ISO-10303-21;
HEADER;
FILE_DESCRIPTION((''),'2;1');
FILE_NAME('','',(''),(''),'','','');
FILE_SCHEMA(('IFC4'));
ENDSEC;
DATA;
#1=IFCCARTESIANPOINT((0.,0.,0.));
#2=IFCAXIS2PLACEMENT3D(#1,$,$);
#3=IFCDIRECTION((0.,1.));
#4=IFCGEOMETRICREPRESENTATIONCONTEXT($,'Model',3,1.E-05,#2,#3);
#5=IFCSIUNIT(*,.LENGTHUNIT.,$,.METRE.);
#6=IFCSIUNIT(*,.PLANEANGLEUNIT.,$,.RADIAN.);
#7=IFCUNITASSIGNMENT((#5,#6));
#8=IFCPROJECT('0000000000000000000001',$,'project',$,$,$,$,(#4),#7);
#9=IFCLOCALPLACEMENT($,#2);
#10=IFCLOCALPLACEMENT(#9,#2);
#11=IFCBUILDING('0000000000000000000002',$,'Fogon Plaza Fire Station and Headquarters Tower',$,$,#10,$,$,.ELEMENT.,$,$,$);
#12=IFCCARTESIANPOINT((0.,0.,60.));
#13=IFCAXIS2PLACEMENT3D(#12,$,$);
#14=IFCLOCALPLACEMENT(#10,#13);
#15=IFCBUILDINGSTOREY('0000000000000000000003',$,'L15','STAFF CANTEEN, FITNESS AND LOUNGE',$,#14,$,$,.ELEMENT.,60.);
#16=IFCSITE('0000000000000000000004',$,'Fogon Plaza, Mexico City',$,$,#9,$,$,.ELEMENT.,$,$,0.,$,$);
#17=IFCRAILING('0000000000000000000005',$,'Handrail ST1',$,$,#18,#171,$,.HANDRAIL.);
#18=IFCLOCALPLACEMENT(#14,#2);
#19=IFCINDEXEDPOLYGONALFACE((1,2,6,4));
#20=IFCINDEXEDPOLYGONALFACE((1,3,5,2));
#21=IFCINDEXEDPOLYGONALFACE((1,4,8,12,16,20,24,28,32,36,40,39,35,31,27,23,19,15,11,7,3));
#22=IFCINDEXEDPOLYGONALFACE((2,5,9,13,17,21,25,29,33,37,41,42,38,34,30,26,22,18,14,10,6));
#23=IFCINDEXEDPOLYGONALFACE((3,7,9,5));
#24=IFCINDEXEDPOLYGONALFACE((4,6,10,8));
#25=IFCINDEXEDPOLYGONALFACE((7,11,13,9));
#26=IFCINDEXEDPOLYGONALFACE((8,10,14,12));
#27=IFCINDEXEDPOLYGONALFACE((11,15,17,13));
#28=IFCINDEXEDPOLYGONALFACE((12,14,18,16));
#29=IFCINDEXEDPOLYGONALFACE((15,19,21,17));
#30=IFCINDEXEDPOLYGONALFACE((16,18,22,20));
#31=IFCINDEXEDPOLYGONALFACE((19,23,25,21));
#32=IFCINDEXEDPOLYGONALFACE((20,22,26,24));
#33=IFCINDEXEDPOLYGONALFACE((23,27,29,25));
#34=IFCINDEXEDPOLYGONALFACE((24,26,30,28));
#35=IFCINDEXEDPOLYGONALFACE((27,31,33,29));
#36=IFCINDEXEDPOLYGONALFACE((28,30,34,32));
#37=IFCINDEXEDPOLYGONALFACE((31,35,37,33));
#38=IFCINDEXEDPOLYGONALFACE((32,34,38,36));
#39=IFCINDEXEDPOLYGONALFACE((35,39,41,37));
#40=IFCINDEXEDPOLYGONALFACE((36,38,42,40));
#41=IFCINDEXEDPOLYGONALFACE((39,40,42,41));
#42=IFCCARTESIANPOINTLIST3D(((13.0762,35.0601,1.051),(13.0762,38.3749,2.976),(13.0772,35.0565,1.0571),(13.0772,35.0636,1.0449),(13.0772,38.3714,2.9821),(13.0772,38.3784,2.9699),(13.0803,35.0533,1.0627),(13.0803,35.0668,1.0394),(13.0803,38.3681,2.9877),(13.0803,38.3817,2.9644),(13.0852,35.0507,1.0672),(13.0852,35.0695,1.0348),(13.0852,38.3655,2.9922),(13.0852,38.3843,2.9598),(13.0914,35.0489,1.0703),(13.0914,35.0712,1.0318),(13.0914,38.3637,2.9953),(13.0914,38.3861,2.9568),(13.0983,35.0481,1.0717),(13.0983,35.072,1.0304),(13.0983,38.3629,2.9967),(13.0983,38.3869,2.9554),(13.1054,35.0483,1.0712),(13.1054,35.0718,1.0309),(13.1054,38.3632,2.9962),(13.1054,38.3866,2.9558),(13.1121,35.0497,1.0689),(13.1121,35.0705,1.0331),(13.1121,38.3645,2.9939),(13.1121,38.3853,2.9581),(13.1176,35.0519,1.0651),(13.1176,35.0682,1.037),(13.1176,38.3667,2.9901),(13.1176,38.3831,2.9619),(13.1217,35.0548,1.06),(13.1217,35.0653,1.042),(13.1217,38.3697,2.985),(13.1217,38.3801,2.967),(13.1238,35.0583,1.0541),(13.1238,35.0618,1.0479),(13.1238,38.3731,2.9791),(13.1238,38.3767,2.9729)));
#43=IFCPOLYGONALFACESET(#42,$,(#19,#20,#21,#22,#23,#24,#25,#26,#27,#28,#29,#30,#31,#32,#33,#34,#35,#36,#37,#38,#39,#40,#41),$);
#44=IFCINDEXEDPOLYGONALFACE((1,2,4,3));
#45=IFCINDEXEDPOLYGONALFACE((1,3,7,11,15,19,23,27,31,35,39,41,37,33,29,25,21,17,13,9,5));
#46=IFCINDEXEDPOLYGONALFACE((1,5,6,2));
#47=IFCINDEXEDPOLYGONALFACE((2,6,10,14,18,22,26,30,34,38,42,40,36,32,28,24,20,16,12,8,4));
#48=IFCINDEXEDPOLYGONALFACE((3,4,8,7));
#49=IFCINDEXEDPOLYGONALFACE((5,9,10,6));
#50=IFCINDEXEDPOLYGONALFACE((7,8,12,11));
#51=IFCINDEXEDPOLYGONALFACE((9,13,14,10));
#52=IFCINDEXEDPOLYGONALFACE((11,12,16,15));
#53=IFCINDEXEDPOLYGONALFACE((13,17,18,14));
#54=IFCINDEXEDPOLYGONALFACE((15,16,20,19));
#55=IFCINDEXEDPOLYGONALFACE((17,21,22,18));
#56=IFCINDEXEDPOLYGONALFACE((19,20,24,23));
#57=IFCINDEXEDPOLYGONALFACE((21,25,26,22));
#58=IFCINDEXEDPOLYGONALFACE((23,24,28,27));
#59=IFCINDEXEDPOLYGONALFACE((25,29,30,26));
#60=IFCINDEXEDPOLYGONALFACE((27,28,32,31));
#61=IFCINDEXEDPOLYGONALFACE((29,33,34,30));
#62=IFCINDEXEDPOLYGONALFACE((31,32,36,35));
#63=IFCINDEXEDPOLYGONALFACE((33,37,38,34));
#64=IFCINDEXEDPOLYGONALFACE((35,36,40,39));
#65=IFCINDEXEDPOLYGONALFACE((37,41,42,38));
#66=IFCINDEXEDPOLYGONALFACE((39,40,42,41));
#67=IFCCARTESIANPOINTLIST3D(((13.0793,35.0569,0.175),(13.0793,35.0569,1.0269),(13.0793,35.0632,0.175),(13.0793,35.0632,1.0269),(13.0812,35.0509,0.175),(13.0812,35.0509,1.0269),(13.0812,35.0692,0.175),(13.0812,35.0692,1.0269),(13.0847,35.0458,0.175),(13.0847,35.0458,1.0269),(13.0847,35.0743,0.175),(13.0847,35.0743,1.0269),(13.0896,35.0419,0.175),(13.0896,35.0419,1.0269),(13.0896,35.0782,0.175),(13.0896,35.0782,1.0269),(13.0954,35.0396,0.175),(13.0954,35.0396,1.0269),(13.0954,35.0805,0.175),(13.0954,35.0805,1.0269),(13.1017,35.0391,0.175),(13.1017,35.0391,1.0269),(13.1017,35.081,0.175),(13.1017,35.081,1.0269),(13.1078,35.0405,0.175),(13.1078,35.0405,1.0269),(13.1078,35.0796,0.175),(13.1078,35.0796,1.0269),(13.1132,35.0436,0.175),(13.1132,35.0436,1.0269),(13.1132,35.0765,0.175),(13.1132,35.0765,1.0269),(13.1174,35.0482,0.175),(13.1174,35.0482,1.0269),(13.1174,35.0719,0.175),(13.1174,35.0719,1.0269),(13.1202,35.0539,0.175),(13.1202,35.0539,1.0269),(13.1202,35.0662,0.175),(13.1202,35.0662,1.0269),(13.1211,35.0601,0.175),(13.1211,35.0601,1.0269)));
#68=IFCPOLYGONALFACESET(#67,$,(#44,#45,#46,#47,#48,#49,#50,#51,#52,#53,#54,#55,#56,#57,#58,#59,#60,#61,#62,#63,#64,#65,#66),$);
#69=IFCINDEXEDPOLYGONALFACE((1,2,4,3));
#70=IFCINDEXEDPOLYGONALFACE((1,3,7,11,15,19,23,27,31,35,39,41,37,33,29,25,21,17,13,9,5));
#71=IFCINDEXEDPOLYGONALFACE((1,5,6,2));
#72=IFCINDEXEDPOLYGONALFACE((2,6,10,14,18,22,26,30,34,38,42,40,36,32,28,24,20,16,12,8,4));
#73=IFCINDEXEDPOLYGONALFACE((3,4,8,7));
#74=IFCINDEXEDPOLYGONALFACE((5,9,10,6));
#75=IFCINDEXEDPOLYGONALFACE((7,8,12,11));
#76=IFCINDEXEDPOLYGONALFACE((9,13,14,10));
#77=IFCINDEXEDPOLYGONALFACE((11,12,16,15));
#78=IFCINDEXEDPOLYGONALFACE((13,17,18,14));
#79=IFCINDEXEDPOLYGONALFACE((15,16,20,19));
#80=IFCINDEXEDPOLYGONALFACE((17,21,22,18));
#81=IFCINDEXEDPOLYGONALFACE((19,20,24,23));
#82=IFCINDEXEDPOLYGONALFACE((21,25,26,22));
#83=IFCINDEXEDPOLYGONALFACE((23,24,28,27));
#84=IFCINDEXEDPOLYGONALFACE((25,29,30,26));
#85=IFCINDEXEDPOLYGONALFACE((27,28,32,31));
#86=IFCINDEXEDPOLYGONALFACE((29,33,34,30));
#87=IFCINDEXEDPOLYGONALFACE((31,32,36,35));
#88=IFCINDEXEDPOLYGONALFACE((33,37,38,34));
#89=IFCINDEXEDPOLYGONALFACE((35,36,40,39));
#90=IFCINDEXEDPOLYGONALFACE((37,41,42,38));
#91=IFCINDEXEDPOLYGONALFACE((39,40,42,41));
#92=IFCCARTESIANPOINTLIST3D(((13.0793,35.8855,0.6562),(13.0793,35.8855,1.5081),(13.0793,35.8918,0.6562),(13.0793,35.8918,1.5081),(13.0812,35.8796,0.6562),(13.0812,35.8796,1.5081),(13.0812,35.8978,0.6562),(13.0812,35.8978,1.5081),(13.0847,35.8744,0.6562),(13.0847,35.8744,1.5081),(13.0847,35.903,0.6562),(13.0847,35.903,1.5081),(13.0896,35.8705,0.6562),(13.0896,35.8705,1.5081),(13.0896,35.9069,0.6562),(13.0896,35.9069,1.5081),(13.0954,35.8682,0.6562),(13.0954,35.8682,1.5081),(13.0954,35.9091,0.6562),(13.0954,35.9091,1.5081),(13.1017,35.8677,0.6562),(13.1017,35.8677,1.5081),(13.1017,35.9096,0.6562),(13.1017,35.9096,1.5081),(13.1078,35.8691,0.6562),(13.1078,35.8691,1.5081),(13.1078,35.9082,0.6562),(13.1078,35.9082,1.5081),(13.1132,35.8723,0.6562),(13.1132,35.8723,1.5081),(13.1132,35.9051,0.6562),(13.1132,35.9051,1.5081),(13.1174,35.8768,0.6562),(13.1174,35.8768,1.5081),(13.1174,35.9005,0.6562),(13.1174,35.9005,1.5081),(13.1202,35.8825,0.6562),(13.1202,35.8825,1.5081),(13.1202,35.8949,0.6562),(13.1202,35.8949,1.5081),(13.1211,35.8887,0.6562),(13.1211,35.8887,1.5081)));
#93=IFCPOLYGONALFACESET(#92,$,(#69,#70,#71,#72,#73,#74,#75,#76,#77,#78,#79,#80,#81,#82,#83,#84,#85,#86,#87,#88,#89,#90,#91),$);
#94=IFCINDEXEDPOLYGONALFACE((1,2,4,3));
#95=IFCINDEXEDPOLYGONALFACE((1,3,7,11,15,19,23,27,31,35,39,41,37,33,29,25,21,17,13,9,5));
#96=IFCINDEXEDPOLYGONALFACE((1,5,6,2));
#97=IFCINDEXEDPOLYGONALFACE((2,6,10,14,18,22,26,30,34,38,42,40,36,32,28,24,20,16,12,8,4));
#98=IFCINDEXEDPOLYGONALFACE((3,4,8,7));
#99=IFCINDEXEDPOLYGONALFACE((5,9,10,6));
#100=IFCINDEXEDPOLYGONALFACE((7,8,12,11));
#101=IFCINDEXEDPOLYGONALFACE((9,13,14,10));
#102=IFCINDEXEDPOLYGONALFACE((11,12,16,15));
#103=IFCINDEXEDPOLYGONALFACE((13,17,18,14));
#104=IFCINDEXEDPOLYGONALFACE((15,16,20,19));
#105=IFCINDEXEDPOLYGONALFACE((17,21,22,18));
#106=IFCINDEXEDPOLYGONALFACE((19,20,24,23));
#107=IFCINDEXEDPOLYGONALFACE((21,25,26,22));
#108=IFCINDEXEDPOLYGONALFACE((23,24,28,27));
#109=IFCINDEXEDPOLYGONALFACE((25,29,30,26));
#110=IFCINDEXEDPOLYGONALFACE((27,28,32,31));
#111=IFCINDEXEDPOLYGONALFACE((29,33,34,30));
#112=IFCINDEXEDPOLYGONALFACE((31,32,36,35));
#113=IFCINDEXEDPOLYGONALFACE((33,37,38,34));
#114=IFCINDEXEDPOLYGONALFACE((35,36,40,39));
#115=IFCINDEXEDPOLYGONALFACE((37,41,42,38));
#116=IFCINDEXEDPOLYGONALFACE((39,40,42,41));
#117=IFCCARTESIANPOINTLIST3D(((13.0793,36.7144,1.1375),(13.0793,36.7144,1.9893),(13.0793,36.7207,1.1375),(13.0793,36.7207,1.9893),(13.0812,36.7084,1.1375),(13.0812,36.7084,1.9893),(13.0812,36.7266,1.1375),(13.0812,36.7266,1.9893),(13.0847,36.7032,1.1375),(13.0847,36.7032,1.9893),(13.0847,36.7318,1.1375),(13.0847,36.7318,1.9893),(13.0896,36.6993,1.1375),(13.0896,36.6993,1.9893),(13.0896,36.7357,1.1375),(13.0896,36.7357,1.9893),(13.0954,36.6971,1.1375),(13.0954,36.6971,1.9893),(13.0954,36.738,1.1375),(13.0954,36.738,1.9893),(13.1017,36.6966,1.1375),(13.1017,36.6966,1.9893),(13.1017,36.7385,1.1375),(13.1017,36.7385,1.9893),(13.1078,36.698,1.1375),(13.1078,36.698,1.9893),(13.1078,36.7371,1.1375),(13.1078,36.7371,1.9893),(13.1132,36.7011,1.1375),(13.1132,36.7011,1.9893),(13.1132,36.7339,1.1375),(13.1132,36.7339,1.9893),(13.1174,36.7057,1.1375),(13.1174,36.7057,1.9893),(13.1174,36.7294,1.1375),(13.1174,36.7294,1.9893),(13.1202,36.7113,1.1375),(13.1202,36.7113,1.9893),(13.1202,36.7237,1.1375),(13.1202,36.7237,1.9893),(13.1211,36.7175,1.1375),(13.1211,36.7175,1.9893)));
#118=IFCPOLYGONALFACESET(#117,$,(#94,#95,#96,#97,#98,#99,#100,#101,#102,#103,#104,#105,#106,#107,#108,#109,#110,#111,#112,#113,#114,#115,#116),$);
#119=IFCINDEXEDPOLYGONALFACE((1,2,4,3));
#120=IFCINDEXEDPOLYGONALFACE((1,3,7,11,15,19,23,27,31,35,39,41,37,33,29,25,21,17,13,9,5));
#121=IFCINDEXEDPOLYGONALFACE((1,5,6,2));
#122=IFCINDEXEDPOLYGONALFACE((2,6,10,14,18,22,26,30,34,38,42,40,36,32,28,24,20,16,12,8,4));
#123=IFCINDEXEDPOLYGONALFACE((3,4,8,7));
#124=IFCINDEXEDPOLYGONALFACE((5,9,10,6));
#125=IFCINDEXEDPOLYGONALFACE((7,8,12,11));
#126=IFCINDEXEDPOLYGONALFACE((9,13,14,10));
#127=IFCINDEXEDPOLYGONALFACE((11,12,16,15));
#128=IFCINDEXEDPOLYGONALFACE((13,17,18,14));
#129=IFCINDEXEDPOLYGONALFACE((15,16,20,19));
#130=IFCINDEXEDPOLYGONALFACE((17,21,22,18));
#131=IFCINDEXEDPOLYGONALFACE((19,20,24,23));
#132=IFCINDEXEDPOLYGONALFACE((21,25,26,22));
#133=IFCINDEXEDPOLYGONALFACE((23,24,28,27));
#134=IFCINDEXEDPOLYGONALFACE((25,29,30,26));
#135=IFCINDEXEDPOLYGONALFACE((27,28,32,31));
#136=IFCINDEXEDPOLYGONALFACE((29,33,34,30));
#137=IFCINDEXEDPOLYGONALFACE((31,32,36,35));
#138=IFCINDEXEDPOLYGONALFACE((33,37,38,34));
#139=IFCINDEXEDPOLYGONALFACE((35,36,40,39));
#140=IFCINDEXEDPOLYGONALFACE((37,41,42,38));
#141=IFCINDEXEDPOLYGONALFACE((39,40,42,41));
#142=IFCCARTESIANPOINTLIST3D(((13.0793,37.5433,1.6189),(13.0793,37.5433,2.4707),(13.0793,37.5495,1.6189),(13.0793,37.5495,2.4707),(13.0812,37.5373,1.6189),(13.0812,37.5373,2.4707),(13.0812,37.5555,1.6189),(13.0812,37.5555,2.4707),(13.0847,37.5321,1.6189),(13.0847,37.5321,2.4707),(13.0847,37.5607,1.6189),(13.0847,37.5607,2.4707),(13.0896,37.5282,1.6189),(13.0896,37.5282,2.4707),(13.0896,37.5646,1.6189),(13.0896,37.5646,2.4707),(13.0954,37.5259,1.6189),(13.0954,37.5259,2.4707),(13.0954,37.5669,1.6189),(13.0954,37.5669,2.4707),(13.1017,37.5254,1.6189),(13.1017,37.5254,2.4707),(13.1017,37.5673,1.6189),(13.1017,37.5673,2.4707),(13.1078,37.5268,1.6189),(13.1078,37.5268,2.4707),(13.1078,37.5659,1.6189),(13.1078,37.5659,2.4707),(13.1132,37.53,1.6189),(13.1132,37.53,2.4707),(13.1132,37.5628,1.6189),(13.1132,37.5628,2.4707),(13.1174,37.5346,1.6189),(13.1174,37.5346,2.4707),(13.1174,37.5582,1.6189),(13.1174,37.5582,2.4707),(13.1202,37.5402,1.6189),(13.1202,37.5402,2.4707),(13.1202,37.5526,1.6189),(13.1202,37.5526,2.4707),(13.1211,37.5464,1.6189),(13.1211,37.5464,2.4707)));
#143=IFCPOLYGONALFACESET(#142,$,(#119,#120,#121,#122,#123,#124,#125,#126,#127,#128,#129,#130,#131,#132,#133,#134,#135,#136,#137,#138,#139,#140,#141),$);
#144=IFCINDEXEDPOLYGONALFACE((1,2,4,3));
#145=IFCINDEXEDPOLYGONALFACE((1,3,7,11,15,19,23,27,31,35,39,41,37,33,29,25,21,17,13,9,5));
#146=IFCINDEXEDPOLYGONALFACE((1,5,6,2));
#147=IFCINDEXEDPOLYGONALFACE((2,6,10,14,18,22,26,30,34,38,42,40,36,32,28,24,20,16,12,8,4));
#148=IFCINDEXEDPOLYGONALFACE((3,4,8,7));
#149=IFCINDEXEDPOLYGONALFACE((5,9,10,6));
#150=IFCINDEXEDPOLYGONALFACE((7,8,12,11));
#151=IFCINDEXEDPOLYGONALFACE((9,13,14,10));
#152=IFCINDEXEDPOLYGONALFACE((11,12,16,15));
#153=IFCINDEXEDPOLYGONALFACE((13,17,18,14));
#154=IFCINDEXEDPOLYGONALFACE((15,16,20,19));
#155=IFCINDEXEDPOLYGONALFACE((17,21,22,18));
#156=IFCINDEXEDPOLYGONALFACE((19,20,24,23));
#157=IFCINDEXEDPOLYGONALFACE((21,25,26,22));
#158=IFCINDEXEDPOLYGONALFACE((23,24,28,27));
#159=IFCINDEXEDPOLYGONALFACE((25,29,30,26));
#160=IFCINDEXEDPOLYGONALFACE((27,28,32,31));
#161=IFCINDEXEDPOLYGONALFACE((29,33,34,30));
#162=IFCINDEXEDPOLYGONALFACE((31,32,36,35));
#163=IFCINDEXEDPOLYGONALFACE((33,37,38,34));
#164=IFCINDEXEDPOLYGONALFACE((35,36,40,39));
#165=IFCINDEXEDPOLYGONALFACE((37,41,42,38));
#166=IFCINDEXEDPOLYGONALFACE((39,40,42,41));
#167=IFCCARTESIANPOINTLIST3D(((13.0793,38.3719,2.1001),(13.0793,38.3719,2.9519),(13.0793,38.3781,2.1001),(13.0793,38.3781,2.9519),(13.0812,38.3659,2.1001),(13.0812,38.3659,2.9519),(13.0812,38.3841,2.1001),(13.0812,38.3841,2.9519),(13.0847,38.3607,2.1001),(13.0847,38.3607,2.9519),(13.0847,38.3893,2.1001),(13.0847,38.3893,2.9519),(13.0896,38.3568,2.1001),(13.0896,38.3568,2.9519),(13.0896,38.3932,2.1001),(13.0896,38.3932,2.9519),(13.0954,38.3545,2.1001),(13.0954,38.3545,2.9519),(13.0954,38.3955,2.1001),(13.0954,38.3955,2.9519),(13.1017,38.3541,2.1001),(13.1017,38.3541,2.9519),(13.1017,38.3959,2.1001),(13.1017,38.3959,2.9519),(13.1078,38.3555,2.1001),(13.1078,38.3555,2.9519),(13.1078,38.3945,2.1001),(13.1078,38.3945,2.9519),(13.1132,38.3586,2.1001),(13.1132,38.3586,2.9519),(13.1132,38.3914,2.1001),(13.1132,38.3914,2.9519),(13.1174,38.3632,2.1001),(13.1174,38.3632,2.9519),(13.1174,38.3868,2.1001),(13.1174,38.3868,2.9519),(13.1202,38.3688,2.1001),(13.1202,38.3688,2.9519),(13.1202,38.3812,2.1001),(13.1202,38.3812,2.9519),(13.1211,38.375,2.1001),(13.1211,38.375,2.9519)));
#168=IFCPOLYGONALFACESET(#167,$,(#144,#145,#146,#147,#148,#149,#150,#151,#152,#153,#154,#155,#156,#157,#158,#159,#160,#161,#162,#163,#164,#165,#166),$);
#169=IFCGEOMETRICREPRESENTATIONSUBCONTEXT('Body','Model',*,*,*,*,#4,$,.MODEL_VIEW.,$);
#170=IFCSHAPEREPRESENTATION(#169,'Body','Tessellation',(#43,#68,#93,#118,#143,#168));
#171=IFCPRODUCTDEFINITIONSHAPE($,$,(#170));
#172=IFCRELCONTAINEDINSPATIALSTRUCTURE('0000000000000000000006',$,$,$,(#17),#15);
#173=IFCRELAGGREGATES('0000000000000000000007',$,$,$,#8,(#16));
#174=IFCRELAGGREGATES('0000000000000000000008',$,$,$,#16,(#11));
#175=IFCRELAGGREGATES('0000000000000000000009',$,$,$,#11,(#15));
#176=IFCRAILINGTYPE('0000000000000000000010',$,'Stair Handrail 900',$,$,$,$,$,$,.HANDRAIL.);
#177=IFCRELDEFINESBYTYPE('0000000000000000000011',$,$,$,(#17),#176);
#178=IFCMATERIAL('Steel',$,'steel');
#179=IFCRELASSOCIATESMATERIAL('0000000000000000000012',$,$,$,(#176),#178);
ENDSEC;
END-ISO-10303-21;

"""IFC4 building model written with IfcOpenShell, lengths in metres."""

from ifc_helpers import new_model, si_unit, direction, frame, origin, origin_2d, place, context, subcontext, project, spatial, circle, extrude, material, type_object, element, save


model = new_model("IFC4")

# Units and contexts
model_context = context("Model", 3, precision=1e-05, world=origin(), true_north=direction((0.0, 1.0)))
body_context = subcontext(model_context, "Body", "Model", "MODEL_VIEW")
ifc_project = project(units=[si_unit("LENGTHUNIT", "METRE"), si_unit("PLANEANGLEUNIT", "RADIAN")], contexts=[model_context])

# Site, building, storey
site_placement = place(None, origin())
site = spatial("IfcSite", under=ifc_project, at=site_placement, Name="Fogon Plaza, Mexico City", CompositionType="ELEMENT", RefElevation=0.0)
building_placement = place(site_placement, origin())
building = spatial("IfcBuilding", under=site, at=building_placement, Name="Fogon Plaza Fire Station and Headquarters Tower", CompositionType="ELEMENT")
storey_placement = place(building_placement, frame((0.0, 0.0, 60.0)))
storey = spatial("IfcBuildingStorey", under=building, at=storey_placement, Name="L15", Description="STAFF CANTEEN, FITNESS AND LOUNGE", CompositionType="ELEMENT", Elevation=60.0)

# Railing
ifc_material_1 = material(Name="Steel", Category="steel")
railing_type = type_object("IfcRailingType", Name="Stair Handrail 900", PredefinedType="HANDRAIL", material=ifc_material_1)
for number, where, name in (
    (1, (13.1001, 35.0601, 0.175), "Handrail ST1"),
):
    element("IfcRailing", number, at=place(storey_placement, frame(where)), inside=storey, type_object=railing_type, Name=name, PredefinedType="HANDRAIL", context=body_context, shape_type="SweptSolid", body=[
        extrude(circle(Radius=0.0239, at=origin_2d()), frame((0.0, 0.0, 0.876), z_axis=(0.0, 0.864761, 0.502183), x_axis=(-1.0, 0.0, 0.0)), (0.0, 0.0, 1.0), 3.8333),
        extrude(circle(Radius=0.021, at=origin_2d()), origin(), (0.0, 0.0, 1.0), 0.8518),
        extrude(circle(Radius=0.021, at=origin_2d()), frame((0.0, 0.8286, 0.4812)), (0.0, 0.0, 1.0), 0.8518),
        extrude(circle(Radius=0.021, at=origin_2d()), frame((0.0, 1.6575, 0.9624)), (0.0, 0.0, 1.0), 0.8518),
        extrude(circle(Radius=0.021, at=origin_2d()), frame((0.0, 2.4863, 1.4438)), (0.0, 0.0, 1.0), 0.8518),
        extrude(circle(Radius=0.021, at=origin_2d()), frame((0.0, 3.3149, 1.925)), (0.0, 0.0, 1.0), 0.8518),
    ])

save(model, "model.ifc")
